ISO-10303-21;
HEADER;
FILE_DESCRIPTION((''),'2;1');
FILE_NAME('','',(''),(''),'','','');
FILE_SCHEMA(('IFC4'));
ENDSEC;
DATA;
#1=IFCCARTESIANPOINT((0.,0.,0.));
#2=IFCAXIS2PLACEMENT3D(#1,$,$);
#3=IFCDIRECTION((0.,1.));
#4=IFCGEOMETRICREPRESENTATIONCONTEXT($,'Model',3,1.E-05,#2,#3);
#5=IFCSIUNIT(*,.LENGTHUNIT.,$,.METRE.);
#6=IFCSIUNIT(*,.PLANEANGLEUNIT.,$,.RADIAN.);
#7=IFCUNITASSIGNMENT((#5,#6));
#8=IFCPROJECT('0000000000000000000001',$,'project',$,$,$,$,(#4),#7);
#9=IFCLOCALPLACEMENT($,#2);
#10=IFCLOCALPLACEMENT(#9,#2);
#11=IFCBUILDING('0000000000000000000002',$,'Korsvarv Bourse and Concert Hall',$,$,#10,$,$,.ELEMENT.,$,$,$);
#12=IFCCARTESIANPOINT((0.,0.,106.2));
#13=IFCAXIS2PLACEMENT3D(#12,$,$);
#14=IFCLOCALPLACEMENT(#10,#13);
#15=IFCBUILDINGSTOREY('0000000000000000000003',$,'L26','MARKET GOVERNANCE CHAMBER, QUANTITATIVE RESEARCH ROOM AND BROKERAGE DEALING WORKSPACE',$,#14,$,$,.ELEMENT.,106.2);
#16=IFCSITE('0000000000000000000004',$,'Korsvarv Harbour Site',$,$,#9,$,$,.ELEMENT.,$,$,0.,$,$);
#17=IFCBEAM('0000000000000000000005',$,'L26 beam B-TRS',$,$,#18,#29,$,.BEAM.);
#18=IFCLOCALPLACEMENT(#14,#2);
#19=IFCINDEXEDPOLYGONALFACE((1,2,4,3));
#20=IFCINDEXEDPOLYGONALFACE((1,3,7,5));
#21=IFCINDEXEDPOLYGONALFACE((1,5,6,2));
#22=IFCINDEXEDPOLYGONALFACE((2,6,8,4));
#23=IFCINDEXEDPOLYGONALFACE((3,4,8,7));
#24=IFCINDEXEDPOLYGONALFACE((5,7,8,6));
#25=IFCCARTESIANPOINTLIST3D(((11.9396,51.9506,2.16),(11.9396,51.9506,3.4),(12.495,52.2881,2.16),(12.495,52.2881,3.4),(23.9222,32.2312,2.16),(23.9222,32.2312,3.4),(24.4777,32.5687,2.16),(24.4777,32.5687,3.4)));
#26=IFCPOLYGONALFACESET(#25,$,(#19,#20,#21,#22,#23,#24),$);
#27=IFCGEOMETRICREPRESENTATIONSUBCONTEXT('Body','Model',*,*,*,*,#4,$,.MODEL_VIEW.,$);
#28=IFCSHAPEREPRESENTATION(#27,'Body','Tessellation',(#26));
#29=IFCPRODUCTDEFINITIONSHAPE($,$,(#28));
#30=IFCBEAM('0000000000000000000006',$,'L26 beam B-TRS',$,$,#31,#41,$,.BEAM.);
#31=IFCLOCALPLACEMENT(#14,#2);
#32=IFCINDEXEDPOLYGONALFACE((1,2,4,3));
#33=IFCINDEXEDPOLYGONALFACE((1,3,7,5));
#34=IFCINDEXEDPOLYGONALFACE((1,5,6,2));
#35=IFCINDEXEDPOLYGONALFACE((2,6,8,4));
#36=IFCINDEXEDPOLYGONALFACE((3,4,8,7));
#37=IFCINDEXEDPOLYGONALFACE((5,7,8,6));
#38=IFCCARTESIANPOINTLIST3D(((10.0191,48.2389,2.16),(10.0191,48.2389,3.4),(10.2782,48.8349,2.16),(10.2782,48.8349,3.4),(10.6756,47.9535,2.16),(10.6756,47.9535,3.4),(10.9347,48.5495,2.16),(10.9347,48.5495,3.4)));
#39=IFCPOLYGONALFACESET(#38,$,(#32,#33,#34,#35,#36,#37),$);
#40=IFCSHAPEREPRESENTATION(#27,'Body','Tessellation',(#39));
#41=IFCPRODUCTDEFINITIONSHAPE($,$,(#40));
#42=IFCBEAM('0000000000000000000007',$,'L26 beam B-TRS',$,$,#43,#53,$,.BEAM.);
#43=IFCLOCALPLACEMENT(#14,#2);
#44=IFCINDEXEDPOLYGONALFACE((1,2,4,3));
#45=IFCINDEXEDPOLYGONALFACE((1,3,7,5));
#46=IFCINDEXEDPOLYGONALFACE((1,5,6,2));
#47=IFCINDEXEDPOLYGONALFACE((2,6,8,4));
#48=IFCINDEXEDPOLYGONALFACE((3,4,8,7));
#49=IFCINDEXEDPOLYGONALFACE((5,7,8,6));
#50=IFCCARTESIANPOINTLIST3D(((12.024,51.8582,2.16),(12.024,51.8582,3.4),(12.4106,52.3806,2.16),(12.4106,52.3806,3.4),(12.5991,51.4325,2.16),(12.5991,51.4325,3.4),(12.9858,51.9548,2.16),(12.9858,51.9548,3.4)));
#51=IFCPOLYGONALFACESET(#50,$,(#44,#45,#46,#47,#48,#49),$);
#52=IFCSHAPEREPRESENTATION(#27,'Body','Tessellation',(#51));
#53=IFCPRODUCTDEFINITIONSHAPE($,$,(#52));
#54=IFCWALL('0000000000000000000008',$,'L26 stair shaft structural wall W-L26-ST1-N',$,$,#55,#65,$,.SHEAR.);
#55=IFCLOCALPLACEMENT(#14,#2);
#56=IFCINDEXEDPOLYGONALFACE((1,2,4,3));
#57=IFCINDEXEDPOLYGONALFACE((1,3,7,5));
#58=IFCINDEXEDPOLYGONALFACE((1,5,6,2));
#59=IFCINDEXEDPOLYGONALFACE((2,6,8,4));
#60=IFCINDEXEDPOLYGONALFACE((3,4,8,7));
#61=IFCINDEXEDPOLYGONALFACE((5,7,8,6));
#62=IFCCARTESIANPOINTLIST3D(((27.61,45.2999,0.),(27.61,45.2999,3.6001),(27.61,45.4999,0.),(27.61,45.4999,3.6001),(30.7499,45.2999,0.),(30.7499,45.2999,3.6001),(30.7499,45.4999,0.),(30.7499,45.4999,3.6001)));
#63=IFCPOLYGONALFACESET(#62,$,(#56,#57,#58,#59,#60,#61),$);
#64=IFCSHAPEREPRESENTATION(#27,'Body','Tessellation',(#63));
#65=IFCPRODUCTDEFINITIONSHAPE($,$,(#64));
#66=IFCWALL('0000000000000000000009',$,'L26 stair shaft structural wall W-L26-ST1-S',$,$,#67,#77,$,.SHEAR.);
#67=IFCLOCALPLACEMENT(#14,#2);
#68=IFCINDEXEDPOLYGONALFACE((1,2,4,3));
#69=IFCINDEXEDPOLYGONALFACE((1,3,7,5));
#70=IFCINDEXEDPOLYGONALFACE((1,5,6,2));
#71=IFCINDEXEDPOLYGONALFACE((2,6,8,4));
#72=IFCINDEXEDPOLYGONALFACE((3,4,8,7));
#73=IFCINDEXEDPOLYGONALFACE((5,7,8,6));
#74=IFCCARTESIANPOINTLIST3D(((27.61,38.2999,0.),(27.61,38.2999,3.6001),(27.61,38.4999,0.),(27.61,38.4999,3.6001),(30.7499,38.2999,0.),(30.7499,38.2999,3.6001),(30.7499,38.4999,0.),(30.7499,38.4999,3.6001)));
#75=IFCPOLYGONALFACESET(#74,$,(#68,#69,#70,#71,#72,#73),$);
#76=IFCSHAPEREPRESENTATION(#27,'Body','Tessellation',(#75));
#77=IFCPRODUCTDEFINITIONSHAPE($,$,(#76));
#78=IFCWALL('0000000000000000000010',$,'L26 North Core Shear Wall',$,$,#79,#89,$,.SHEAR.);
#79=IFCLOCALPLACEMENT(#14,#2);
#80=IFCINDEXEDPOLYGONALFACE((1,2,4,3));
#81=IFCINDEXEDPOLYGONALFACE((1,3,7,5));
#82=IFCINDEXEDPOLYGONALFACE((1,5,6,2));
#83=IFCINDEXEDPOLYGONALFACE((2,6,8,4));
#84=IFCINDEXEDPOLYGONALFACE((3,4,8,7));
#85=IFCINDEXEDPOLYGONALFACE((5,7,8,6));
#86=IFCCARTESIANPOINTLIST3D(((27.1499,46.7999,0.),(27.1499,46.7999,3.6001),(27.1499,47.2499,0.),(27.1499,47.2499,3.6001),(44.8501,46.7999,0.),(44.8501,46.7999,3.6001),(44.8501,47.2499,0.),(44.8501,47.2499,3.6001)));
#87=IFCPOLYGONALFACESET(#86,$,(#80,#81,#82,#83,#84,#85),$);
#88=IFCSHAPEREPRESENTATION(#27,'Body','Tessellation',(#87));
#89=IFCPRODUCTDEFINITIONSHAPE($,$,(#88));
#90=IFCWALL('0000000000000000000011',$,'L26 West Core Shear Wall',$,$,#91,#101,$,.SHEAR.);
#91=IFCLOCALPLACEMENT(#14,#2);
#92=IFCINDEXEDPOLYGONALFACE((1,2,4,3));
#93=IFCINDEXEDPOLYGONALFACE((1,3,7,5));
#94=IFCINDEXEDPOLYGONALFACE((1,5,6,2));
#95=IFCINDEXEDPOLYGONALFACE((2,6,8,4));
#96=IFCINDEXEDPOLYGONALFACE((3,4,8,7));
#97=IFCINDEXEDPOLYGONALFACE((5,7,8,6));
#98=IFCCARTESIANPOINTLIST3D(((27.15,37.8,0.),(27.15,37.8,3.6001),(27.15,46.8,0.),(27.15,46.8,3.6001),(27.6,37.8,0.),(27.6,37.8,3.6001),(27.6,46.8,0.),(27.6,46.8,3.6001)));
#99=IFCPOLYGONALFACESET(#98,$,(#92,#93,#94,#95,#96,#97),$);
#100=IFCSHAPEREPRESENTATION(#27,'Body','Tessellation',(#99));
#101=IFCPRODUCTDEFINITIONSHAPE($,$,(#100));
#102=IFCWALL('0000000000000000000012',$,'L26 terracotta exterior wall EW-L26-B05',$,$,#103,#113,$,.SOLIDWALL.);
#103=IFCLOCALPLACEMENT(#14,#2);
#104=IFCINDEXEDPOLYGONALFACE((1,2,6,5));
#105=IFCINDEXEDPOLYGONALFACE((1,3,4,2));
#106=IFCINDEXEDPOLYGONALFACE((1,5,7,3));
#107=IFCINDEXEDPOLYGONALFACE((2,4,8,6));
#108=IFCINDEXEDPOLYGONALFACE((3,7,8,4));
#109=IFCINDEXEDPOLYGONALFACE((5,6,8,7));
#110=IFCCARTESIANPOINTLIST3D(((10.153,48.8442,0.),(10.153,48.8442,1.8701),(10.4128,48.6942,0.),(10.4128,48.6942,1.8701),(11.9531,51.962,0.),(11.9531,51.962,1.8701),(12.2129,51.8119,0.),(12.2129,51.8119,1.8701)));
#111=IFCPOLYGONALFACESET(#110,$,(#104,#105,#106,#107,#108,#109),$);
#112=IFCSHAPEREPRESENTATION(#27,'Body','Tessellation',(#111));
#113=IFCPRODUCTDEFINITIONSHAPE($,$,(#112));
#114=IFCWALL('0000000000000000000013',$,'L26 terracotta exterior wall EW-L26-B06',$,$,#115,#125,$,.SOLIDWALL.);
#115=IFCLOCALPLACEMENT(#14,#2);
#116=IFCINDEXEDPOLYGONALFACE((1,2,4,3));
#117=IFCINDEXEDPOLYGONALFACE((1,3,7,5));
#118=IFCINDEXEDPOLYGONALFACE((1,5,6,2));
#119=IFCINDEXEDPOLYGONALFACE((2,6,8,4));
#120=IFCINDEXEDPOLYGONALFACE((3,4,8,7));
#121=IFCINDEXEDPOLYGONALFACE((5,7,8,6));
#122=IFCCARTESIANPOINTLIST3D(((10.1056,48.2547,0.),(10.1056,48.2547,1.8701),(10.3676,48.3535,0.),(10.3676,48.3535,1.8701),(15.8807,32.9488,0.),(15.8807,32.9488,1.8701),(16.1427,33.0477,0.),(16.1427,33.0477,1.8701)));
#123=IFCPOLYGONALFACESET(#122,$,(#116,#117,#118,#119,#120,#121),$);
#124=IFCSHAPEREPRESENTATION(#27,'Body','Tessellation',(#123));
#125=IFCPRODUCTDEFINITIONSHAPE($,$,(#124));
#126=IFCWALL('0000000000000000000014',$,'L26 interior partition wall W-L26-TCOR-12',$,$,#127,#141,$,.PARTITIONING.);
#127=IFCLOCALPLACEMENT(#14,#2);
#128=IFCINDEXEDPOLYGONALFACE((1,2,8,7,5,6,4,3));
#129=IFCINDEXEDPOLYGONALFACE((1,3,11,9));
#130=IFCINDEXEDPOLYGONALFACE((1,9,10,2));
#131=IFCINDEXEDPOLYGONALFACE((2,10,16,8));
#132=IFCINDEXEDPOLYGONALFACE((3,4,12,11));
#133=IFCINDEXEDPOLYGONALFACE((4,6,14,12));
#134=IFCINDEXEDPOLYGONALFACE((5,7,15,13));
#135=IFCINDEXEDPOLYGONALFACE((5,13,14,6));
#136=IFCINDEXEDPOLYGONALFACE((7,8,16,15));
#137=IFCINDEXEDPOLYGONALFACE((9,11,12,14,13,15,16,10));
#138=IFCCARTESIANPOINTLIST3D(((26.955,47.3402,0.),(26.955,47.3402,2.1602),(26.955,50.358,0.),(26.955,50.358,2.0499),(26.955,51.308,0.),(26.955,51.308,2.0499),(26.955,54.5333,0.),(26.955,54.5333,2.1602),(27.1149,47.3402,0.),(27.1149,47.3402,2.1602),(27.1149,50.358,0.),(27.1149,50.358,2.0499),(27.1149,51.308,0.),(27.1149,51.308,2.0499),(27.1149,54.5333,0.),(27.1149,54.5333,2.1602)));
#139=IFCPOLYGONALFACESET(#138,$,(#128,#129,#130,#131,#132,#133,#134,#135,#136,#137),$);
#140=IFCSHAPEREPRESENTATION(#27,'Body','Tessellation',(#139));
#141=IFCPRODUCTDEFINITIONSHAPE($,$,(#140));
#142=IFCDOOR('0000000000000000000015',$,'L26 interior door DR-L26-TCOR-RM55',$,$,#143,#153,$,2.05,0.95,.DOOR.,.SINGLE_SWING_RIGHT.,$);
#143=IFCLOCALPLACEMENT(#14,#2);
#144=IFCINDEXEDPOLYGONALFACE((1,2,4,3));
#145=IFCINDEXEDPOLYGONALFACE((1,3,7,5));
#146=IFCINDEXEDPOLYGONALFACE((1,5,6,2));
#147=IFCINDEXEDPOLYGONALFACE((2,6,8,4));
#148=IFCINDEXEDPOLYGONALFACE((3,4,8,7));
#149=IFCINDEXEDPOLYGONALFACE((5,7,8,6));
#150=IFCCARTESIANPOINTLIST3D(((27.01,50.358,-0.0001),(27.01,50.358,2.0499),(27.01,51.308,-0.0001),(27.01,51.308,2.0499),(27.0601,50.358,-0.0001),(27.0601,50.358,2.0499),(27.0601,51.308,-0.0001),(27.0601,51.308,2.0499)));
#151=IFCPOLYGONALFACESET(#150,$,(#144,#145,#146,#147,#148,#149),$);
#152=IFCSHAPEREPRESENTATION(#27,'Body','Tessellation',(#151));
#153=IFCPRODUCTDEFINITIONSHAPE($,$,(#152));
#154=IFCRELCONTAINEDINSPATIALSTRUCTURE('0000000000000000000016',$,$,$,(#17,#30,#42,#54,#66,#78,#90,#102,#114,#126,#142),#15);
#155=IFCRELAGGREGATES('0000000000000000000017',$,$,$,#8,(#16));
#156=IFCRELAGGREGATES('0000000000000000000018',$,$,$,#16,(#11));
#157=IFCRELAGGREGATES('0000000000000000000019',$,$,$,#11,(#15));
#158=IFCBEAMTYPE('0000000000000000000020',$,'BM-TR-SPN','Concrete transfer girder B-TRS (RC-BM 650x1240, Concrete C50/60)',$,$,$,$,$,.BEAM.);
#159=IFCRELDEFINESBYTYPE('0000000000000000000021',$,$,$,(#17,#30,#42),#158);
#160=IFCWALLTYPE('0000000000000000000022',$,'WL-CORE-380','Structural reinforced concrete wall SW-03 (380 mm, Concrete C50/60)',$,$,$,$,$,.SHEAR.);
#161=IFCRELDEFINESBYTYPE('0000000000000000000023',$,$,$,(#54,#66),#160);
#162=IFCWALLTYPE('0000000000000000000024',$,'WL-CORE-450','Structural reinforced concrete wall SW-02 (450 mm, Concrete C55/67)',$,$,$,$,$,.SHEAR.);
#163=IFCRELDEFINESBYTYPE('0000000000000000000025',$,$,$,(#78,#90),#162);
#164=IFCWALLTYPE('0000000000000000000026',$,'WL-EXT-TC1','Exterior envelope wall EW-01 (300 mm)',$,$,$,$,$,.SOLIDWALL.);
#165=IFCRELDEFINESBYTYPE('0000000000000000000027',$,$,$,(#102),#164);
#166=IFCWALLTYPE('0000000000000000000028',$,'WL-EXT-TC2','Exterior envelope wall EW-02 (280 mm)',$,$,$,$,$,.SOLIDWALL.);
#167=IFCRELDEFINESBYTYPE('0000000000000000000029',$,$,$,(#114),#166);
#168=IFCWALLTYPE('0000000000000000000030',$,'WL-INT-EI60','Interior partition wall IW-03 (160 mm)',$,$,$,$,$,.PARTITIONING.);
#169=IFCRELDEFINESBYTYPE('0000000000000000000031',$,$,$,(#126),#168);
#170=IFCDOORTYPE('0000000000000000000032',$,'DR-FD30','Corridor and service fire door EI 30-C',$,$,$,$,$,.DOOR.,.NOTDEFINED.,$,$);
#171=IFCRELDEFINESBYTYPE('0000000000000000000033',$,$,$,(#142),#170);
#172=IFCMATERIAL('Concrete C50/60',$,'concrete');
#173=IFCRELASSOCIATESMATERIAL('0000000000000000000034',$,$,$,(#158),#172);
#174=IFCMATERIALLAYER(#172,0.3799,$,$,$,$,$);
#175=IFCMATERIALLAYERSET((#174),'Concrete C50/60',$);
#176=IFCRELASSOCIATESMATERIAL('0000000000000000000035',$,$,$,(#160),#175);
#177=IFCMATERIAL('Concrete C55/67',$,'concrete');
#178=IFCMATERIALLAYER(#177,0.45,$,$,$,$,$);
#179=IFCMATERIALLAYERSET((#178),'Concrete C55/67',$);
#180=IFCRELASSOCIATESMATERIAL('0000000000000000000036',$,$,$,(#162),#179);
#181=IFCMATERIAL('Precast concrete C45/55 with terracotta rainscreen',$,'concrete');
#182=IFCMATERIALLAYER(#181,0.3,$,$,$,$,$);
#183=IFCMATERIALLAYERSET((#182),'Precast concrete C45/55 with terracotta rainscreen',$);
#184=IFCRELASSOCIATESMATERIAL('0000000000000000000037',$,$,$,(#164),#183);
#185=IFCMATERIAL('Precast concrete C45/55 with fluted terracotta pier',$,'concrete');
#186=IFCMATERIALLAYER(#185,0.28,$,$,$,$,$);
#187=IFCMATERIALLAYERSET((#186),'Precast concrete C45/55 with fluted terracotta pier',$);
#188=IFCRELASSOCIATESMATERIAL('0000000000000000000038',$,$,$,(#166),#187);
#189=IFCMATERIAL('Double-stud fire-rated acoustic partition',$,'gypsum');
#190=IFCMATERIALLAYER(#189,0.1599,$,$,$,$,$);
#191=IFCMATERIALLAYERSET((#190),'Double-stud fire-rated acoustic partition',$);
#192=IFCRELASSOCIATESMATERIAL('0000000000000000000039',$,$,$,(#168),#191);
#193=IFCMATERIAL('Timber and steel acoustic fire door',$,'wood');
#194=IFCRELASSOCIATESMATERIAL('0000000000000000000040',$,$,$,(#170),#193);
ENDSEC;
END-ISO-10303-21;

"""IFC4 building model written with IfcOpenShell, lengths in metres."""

from ifc_helpers import new_model, si_unit, direction, frame, frame_2d, origin, origin_2d, place, context, subcontext, project, spatial, rectangle, extrude, source, transform, mapped, material, layer, layer_set, material_profile, profile_set, type_object, element, fill, save


model = new_model("IFC4")

# Units and contexts
model_context = context("Model", 3, precision=1e-05, world=origin(), true_north=direction((0.0, 1.0)))
body_context = subcontext(model_context, "Body", "Model", "MODEL_VIEW")
ifc_project = project(units=[si_unit("LENGTHUNIT", "METRE"), si_unit("PLANEANGLEUNIT", "RADIAN")], contexts=[model_context])

# Site, building, storey
site_placement = place(None, origin())
site = spatial("IfcSite", under=ifc_project, at=site_placement, Name="Korsvarv Harbour Site", CompositionType="ELEMENT", RefElevation=0.0)
building_placement = place(site_placement, origin())
building = spatial("IfcBuilding", under=site, at=building_placement, Name="Korsvarv Bourse and Concert Hall", CompositionType="ELEMENT")
storey_placement = place(building_placement, frame((0.0, 0.0, 106.2)))
storey = spatial("IfcBuildingStorey", under=building, at=storey_placement, Name="L26", Description="MARKET GOVERNANCE CHAMBER, QUANTITATIVE RESEARCH ROOM AND BROKERAGE DEALING WORKSPACE", CompositionType="ELEMENT", Elevation=106.2)

# Beams
ifc_material_1 = material(Name="Concrete C50/60", Category="concrete")
ifc_material_profile_1 = material_profile(ifc_material_1, rectangle(XDim=0.6499, YDim=1.24, at=origin_2d()), Name="RC-BM 650x1240")
ifc_profile_set_1 = profile_set([ifc_material_profile_1], Name="Concrete C50/60")
beam_type_1 = type_object("IfcBeamType", Name="BM-TR-SPN", Description="Concrete transfer girder B-TRS (RC-BM 650x1240, Concrete C50/60)", PredefinedType="BEAM", material=ifc_profile_set_1)
shared_shape_1 = source(origin(), body_context, "Body", "SweptSolid", [
    extrude(rectangle(XDim=0.6499, YDim=1.24, at=origin_2d()), origin(), (0.0, 0.0, 1.0), 23.0747),
])
beam_1_placement = place(storey_placement, frame((12.2173, 52.1194, 2.78), z_axis=(0.519299, -0.854593, 0.0), x_axis=(0.854593, 0.519299, 0.0)))
element("IfcBeam", 1, at=beam_1_placement, inside=storey, type_object=beam_type_1, Name="L26 beam B-TRS", PredefinedType="BEAM", context=body_context, shape_type="MappedRepresentation", body=[
    mapped(shared_shape_1, transform((0.0, 0.0, 0.0), scale=1.0)),
])
shared_shape_2 = source(origin(), body_context, "Body", "SweptSolid", [
    extrude(rectangle(XDim=0.6499, YDim=1.24, at=origin_2d()), origin(), (0.0, 0.0, 1.0), 0.7158),
])
beam_2_placement = place(storey_placement, frame((10.1487, 48.5369, 2.78), z_axis=(0.917086, -0.398689, 0.0), x_axis=(0.398689, 0.917086, 0.0)))
element("IfcBeam", 2, at=beam_2_placement, inside=storey, type_object=beam_type_1, Name="L26 beam B-TRS", PredefinedType="BEAM", context=body_context, shape_type="MappedRepresentation", body=[
    mapped(shared_shape_2, transform((0.0, 0.0, 0.0), scale=1.0)),
])
shared_shape_3 = source(origin(), body_context, "Body", "SweptSolid", [
    extrude(rectangle(XDim=0.6499, YDim=1.24, at=origin_2d()), origin(), (0.0, 0.0, 1.0), 0.7156),
])
beam_3_placement = place(storey_placement, frame((12.2173, 52.1194, 2.78), z_axis=(0.803751, -0.594966, 0.0), x_axis=(0.594966, 0.803751, 0.0)))
element("IfcBeam", 3, at=beam_3_placement, inside=storey, type_object=beam_type_1, Name="L26 beam B-TRS", PredefinedType="BEAM", context=body_context, shape_type="MappedRepresentation", body=[
    mapped(shared_shape_3, transform((0.0, 0.0, 0.0), scale=1.0)),
])

# Walls
ifc_layer_1 = layer(ifc_material_1, 0.3799)
ifc_layer_set_1 = layer_set([ifc_layer_1], Name="Concrete C50/60")
wall_type_1 = type_object("IfcWallType", Name="WL-CORE-380", Description="Structural reinforced concrete wall SW-03 (380 mm, Concrete C50/60)", PredefinedType="SHEAR", material=ifc_layer_set_1)
for number, where, z_axis, x_axis, name in (
    (4, (27.6101, 45.3999, 0.0), (0.0, 0.0, 1.0), (1.0, 0.0, 0.0), "L26 stair shaft structural wall W-L26-ST1-N"),
    (5, (27.6101, 38.3999, 0.0), (0.0, 0.0, 1.0), (1.0, 0.0, 0.0), "L26 stair shaft structural wall W-L26-ST1-S"),
):
    element("IfcWall", number, at=place(storey_placement, frame(where, z_axis=z_axis, x_axis=x_axis)), inside=storey, type_object=wall_type_1, Name=name, PredefinedType="SHEAR", context=body_context, shape_type="SweptSolid", body=[
        extrude(rectangle(XDim=3.1399, YDim=0.2, at=frame_2d((1.5698, 0.0))), origin(), (0.0, 0.0, 1.0), 3.6001),
    ])
ifc_material_2 = material(Name="Concrete C55/67", Category="concrete")
ifc_layer_2 = layer(ifc_material_2, 0.45)
ifc_layer_set_2 = layer_set([ifc_layer_2], Name="Concrete C55/67")
wall_type_2 = type_object("IfcWallType", Name="WL-CORE-450", Description="Structural reinforced concrete wall SW-02 (450 mm, Concrete C55/67)", PredefinedType="SHEAR", material=ifc_layer_set_2)
wall_1_placement = place(storey_placement, frame((27.1499, 47.0249, 0.0), z_axis=(0.0, 0.0, 1.0), x_axis=(1.0, 0.0, 0.0)))
element("IfcWall", 6, at=wall_1_placement, inside=storey, type_object=wall_type_2, Name="L26 North Core Shear Wall", PredefinedType="SHEAR", context=body_context, shape_type="SweptSolid", body=[
    extrude(rectangle(XDim=17.7002, YDim=0.45, at=frame_2d((8.8501, 0.0))), origin(), (0.0, 0.0, 1.0), 3.6001),
])
wall_2_placement = place(storey_placement, frame((27.375, 37.8, 0.0), z_axis=(0.0, 0.0, 1.0), x_axis=(0.0, 1.0, 0.0)))
element("IfcWall", 7, at=wall_2_placement, inside=storey, type_object=wall_type_2, Name="L26 West Core Shear Wall", PredefinedType="SHEAR", context=body_context, shape_type="SweptSolid", body=[
    extrude(rectangle(XDim=9.0, YDim=0.45, at=frame_2d((4.5, 0.0))), origin(), (0.0, 0.0, 1.0), 3.6001),
])
ifc_material_3 = material(Name="Precast concrete C45/55 with terracotta rainscreen", Category="concrete")
ifc_layer_3 = layer(ifc_material_3, 0.3)
ifc_layer_set_3 = layer_set([ifc_layer_3], Name="Precast concrete C45/55 with terracotta rainscreen")
wall_type_3 = type_object("IfcWallType", Name="WL-EXT-TC1", Description="Exterior envelope wall EW-01 (300 mm)", PredefinedType="SOLIDWALL", material=ifc_layer_set_3)
wall_3_placement = place(storey_placement, frame((12.083, 51.887, 0.0), z_axis=(0.0, 0.0, 1.0), x_axis=(-0.500012, -0.866018, 0.0)))
element("IfcWall", 8, at=wall_3_placement, inside=storey, type_object=wall_type_3, Name="L26 terracotta exterior wall EW-L26-B05", PredefinedType="SOLIDWALL", context=body_context, shape_type="SweptSolid", body=[
    extrude(rectangle(XDim=3.6001, YDim=0.3, at=frame_2d((1.8, 0.0))), origin(), (0.0, 0.0, 1.0), 1.8701),
])
ifc_material_4 = material(Name="Precast concrete C45/55 with fluted terracotta pier", Category="concrete")
ifc_layer_4 = layer(ifc_material_4, 0.28)
ifc_layer_set_4 = layer_set([ifc_layer_4], Name="Precast concrete C45/55 with fluted terracotta pier")
wall_type_4 = type_object("IfcWallType", Name="WL-EXT-TC2", Description="Exterior envelope wall EW-02 (280 mm)", PredefinedType="SOLIDWALL", material=ifc_layer_set_4)
wall_4_placement = place(storey_placement, frame((10.2366, 48.3042, 0.0), z_axis=(0.0, 0.0, 1.0), x_axis=(0.353022, -0.935615, 0.0)))
element("IfcWall", 9, at=wall_4_placement, inside=storey, type_object=wall_type_4, Name="L26 terracotta exterior wall EW-L26-B06", PredefinedType="SOLIDWALL", context=body_context, shape_type="SweptSolid", body=[
    extrude(rectangle(XDim=16.3591, YDim=0.28, at=frame_2d((8.1797, 0.0))), origin(), (0.0, 0.0, 1.0), 1.8701),
])

# Wall, opening, door
ifc_material_5 = material(Name="Double-stud fire-rated acoustic partition", Category="gypsum")
ifc_layer_5 = layer(ifc_material_5, 0.1599)
ifc_layer_set_5 = layer_set([ifc_layer_5], Name="Double-stud fire-rated acoustic partition")
wall_type_5 = type_object("IfcWallType", Name="WL-INT-EI60", Description="Interior partition wall IW-03 (160 mm)", PredefinedType="PARTITIONING", material=ifc_layer_set_5)
wall_5_placement = place(storey_placement, frame((27.0349, 47.3401, 0.0), z_axis=(0.0, 0.0, 1.0), x_axis=(0.0, 1.0, 0.0)))
wall_5 = element("IfcWall", 10, at=wall_5_placement, inside=storey, type_object=wall_type_5, Name="L26 interior partition wall W-L26-TCOR-12", PredefinedType="PARTITIONING", context=body_context, shape_type="SweptSolid", body=[
    extrude(rectangle(XDim=7.1931, YDim=0.1599, at=frame_2d((3.5967, 0.0))), origin(), (0.0, 0.0, 1.0), 2.1602),
])
opening_1_placement = place(wall_5_placement, frame((3.0178, 0.0, 0.0)))
opening_1 = element("IfcOpeningElement", 11, at=opening_1_placement, cuts=wall_5, PredefinedType="OPENING", context=body_context, shape_type="SweptSolid", body=[
    extrude(rectangle(XDim=0.95, YDim=2.05, at=frame_2d((0.4751, 1.0249))), frame((0.0, 0.0898, 0.0), z_axis=(0.0, -1.0, 0.0), x_axis=(1.0, 0.0, 0.0)), (0.0, 0.0, 1.0), 0.1799),
])
ifc_material_6 = material(Name="Timber and steel acoustic fire door", Category="wood")
door_type_1 = type_object("IfcDoorType", Name="DR-FD30", Description="Corridor and service fire door EI 30-C", OperationType="NOTDEFINED", PredefinedType="DOOR", material=ifc_material_6)
door_1_placement = place(opening_1_placement, origin())
door_1 = element("IfcDoor", 12, at=door_1_placement, inside=storey, type_object=door_type_1, Name="L26 interior door DR-L26-TCOR-RM55", OperationType="SINGLE_SWING_RIGHT", OverallHeight=2.05, OverallWidth=0.95, PredefinedType="DOOR", context=body_context, shape_type="SweptSolid", body=[
    extrude(rectangle(XDim=0.95, YDim=2.05, at=frame_2d((0.4751, 1.0249))), frame((0.0, 0.0249, 0.0), z_axis=(0.0, -1.0, 0.0), x_axis=(1.0, 0.0, 0.0)), (0.0, 0.0, 1.0), 0.05),
])
fill(opening_1, door_1)

save(model, "model.ifc")
